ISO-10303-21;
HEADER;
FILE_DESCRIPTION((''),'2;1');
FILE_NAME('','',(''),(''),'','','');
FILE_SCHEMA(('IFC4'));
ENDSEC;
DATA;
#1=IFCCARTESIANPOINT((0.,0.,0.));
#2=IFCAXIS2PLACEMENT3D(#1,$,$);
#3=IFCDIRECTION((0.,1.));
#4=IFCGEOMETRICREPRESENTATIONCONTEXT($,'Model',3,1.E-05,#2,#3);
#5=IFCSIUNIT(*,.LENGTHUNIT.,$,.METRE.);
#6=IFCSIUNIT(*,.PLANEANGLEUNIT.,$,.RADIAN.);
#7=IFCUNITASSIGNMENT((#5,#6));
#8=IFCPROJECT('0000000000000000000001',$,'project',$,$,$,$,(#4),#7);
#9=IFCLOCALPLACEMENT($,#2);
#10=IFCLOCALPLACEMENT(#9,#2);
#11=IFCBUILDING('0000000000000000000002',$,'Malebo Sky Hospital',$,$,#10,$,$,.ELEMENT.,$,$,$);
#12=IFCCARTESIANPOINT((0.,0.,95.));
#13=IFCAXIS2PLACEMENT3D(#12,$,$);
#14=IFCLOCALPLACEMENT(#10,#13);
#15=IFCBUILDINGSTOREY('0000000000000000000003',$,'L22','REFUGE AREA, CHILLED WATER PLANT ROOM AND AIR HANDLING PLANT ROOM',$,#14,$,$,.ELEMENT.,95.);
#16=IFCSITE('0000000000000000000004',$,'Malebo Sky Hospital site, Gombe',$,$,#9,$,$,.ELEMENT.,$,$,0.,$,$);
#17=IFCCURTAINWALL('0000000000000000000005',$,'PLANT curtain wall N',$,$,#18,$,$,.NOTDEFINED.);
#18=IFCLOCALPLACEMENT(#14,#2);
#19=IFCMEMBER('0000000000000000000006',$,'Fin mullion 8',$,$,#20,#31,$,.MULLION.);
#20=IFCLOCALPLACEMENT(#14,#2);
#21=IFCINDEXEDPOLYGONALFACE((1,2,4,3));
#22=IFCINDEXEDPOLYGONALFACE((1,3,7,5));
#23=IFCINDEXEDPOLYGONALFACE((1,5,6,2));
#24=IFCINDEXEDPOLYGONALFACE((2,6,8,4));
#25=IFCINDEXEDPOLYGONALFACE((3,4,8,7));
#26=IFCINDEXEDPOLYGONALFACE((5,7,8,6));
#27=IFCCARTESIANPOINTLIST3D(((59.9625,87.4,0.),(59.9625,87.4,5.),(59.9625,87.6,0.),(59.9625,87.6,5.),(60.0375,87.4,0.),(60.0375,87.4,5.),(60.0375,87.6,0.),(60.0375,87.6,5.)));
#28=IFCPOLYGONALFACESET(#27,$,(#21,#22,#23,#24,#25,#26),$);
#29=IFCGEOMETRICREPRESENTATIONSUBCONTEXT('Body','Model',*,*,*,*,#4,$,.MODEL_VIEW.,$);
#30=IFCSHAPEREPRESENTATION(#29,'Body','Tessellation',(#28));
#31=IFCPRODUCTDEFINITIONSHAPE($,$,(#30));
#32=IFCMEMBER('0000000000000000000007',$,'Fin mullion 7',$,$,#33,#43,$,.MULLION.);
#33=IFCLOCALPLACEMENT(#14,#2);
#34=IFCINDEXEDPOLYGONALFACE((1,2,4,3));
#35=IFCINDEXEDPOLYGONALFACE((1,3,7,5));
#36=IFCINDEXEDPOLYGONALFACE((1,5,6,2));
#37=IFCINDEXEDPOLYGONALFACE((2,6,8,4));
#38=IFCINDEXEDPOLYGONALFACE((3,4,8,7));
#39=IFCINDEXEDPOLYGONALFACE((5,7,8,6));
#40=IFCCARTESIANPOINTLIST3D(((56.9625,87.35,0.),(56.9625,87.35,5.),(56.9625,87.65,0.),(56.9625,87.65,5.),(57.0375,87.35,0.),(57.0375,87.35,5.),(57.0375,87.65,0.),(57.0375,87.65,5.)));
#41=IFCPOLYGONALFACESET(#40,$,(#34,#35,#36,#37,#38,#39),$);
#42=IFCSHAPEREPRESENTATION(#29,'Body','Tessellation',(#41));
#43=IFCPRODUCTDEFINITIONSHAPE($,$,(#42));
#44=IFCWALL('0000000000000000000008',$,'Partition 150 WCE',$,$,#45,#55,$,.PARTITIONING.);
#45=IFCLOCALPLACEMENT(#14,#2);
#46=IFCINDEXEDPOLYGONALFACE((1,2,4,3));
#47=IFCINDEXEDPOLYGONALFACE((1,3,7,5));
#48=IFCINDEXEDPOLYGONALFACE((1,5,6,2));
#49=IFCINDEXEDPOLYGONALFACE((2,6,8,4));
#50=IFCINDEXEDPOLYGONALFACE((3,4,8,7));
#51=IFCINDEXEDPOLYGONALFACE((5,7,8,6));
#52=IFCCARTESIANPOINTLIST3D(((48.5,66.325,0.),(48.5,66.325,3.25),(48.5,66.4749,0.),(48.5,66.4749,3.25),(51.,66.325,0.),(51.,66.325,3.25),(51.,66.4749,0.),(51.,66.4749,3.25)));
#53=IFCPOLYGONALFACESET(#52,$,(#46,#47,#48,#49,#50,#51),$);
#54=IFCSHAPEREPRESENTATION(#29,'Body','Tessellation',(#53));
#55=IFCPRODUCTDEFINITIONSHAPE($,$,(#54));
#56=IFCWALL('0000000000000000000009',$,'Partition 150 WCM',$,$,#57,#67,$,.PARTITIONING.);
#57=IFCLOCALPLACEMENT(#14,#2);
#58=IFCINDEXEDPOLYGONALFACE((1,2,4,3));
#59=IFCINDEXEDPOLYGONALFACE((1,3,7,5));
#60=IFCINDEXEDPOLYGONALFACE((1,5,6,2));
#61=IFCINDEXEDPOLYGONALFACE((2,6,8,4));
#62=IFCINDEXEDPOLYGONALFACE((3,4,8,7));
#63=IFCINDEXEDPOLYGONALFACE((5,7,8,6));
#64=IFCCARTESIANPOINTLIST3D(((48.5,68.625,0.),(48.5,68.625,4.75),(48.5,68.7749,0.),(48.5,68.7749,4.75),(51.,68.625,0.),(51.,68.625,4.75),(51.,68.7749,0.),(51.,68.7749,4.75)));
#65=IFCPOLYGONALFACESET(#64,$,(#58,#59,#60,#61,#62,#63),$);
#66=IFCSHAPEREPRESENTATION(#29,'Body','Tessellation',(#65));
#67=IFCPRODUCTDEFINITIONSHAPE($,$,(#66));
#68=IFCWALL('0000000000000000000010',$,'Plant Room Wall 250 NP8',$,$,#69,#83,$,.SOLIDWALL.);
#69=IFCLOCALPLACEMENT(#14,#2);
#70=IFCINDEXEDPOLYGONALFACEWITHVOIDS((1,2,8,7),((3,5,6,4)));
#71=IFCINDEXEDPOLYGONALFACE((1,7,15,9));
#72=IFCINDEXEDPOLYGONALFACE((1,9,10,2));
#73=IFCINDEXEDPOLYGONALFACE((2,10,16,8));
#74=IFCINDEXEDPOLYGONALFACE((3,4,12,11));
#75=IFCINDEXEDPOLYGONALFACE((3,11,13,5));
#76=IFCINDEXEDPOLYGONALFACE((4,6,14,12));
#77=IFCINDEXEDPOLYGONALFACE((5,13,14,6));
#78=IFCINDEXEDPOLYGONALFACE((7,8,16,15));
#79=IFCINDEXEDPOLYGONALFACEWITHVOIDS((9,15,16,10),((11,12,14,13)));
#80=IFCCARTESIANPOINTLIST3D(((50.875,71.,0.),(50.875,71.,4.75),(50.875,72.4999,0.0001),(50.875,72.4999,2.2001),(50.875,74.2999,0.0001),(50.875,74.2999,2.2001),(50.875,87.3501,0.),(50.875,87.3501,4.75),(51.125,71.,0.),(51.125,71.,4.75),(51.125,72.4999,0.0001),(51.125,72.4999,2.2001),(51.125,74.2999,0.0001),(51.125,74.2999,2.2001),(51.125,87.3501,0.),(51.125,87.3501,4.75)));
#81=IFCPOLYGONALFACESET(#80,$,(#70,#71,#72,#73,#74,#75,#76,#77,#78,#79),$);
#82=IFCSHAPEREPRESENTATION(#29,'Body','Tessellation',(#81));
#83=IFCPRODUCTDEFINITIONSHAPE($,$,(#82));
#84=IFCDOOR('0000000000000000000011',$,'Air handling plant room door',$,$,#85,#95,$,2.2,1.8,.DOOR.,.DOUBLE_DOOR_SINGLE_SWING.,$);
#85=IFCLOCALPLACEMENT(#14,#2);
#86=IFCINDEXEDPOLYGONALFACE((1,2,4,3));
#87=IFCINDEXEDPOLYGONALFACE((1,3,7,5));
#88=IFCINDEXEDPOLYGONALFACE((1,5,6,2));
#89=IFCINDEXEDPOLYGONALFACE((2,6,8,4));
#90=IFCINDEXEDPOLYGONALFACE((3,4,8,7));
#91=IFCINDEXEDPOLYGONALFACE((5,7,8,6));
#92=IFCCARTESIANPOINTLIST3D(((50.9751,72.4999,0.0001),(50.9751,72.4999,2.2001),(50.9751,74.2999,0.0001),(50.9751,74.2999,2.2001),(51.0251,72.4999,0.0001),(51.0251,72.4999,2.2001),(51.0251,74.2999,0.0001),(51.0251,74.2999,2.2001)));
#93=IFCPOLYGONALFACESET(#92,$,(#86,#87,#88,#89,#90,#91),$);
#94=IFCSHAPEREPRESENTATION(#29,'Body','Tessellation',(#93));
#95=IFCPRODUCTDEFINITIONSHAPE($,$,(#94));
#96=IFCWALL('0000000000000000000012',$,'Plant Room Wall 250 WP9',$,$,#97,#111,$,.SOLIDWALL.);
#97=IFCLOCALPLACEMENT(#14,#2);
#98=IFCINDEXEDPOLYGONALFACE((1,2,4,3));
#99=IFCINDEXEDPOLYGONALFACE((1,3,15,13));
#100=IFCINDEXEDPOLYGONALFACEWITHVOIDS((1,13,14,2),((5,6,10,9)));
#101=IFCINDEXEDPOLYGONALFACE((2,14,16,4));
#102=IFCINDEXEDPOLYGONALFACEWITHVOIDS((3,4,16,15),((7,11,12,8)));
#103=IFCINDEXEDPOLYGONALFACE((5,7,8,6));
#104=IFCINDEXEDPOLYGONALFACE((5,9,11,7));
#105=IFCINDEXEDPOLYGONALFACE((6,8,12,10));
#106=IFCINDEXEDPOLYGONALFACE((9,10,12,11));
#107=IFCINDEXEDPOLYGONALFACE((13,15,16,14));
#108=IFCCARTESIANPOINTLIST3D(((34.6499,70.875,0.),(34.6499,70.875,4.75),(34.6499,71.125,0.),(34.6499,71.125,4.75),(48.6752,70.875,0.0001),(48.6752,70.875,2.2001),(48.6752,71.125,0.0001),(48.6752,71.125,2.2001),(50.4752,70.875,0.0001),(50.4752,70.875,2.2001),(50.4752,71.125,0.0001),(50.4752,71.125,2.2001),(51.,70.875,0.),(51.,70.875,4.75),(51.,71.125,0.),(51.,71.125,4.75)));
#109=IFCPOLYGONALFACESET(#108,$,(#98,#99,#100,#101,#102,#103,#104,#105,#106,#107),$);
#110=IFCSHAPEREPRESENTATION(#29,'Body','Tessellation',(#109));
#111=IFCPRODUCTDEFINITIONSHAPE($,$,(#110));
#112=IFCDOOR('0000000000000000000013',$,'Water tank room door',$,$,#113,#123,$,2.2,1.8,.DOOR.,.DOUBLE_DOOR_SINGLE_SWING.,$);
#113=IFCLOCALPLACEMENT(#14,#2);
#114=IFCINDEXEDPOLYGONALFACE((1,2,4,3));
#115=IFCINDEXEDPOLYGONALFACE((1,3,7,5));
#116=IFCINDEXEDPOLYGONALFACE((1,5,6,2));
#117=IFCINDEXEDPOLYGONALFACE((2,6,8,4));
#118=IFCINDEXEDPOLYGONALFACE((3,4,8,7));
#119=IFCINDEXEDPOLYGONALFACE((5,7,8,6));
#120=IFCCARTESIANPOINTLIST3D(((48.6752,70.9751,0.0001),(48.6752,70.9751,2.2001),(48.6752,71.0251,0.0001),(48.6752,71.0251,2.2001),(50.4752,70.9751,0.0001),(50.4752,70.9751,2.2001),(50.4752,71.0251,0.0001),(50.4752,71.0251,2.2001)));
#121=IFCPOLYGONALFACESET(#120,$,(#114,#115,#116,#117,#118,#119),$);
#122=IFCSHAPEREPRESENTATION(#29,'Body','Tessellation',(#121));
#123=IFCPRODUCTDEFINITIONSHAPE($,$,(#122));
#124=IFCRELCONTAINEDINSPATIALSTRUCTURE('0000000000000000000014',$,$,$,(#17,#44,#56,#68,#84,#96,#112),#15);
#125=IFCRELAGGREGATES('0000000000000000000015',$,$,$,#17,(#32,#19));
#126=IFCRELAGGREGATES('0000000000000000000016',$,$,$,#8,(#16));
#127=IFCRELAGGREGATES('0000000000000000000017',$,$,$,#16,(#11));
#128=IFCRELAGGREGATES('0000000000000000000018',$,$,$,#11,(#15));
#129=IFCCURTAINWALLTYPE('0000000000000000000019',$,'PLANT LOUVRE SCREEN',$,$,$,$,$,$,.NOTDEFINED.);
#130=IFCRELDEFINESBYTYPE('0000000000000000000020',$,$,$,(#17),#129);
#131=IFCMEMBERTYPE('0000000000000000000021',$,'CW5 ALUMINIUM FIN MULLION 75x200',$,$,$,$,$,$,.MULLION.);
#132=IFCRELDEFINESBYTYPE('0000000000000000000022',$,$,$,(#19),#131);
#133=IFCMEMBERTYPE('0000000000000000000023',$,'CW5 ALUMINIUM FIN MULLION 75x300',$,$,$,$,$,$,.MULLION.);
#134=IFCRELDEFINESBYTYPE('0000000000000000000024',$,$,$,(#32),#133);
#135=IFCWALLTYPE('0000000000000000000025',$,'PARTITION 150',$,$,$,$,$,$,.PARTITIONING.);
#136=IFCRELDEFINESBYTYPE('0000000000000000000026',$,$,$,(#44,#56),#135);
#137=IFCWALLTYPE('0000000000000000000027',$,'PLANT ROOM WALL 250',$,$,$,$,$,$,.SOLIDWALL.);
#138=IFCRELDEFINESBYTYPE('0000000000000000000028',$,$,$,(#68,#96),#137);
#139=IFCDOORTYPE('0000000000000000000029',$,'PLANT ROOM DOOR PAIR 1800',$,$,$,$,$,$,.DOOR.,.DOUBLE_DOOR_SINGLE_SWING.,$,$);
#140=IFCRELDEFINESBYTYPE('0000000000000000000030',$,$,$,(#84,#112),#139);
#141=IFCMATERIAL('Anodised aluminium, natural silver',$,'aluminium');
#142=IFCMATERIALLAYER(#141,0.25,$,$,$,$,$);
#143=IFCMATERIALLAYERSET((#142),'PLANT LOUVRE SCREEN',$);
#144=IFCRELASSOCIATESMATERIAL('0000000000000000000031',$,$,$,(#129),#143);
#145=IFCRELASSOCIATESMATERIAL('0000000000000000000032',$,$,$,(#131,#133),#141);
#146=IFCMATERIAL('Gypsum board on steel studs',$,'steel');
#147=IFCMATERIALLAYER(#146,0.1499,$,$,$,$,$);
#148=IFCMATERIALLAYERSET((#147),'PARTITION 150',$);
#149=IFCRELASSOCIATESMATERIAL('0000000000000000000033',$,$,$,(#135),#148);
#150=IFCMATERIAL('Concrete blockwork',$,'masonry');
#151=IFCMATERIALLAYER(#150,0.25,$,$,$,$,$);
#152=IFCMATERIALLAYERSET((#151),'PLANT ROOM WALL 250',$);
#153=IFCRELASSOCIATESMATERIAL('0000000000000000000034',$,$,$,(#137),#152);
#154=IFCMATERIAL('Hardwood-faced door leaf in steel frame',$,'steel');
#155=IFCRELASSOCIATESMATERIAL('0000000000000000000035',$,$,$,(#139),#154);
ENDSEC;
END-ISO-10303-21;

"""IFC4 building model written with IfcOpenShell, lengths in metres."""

from ifc_helpers import new_model, si_unit, direction, frame, frame_2d, origin, origin_2d, place, context, subcontext, project, spatial, rectangle, extrude, material, layer, layer_set, material_profile, profile_set, type_object, element, fill, aggregate, save


model = new_model("IFC4")

# Units and contexts
model_context = context("Model", 3, precision=1e-05, world=origin(), true_north=direction((0.0, 1.0)))
body_context = subcontext(model_context, "Body", "Model", "MODEL_VIEW")
ifc_project = project(units=[si_unit("LENGTHUNIT", "METRE"), si_unit("PLANEANGLEUNIT", "RADIAN")], contexts=[model_context])

# Site, building, storey
site_placement = place(None, origin())
site = spatial("IfcSite", under=ifc_project, at=site_placement, Name="Malebo Sky Hospital site, Gombe", CompositionType="ELEMENT", RefElevation=0.0)
building_placement = place(site_placement, origin())
building = spatial("IfcBuilding", under=site, at=building_placement, Name="Malebo Sky Hospital", CompositionType="ELEMENT")
storey_placement = place(building_placement, frame((0.0, 0.0, 95.0)))
storey = spatial("IfcBuildingStorey", under=building, at=storey_placement, Name="L22", Description="REFUGE AREA, CHILLED WATER PLANT ROOM AND AIR HANDLING PLANT ROOM", CompositionType="ELEMENT", Elevation=95.0)

# Curtain wall, members
ifc_material_1 = material(Name="Anodised aluminium, natural silver", Category="aluminium")
ifc_layer_1 = layer(ifc_material_1, 0.25)
ifc_layer_set_1 = layer_set([ifc_layer_1], Name="PLANT LOUVRE SCREEN")
curtain_wall_type = type_object("IfcCurtainWallType", Name="PLANT LOUVRE SCREEN", PredefinedType="NOTDEFINED", material=ifc_layer_set_1)
curtain_wall_placement = place(storey_placement, origin())
curtain_wall = element("IfcCurtainWall", 1, at=curtain_wall_placement, inside=storey, type_object=curtain_wall_type, Name="PLANT curtain wall N", PredefinedType="NOTDEFINED")
ifc_material_profile_1 = material_profile(ifc_material_1, rectangle(XDim=0.075, YDim=0.2, at=origin_2d()), Name="CW5 ALUMINIUM FIN MULLION 75x200")
ifc_profile_set_1 = profile_set([ifc_material_profile_1], Name="Anodised aluminium, natural silver")
member_type_1 = type_object("IfcMemberType", Name="CW5 ALUMINIUM FIN MULLION 75x200", PredefinedType="MULLION", material=ifc_profile_set_1)
member_1_placement = place(storey_placement, frame((60.0, 87.5, 0.0), z_axis=(0.0, 0.0, 1.0), x_axis=(1.0, 0.0, 0.0)))
member_1 = element("IfcMember", 2, at=member_1_placement, type_object=member_type_1, Name="Fin mullion 8", PredefinedType="MULLION", context=body_context, shape_type="SweptSolid", body=[
    extrude(rectangle(XDim=0.075, YDim=0.2, at=origin_2d()), origin(), (0.0, 0.0, 1.0), 5.0),
])
ifc_material_profile_2 = material_profile(ifc_material_1, rectangle(XDim=0.075, YDim=0.3, at=origin_2d()), Name="CW5 ALUMINIUM FIN MULLION 75x300")
ifc_profile_set_2 = profile_set([ifc_material_profile_2], Name="Anodised aluminium, natural silver")
member_type_2 = type_object("IfcMemberType", Name="CW5 ALUMINIUM FIN MULLION 75x300", PredefinedType="MULLION", material=ifc_profile_set_2)
member_2_placement = place(storey_placement, frame((57.0, 87.5, 0.0), z_axis=(0.0, 0.0, 1.0), x_axis=(1.0, 0.0, 0.0)))
member_2 = element("IfcMember", 3, at=member_2_placement, type_object=member_type_2, Name="Fin mullion 7", PredefinedType="MULLION", context=body_context, shape_type="SweptSolid", body=[
    extrude(rectangle(XDim=0.075, YDim=0.3, at=origin_2d()), origin(), (0.0, 0.0, 1.0), 5.0),
])
aggregate(curtain_wall, [member_2, member_1])

# Walls
ifc_material_2 = material(Name="Gypsum board on steel studs", Category="steel")
ifc_layer_2 = layer(ifc_material_2, 0.1499)
ifc_layer_set_2 = layer_set([ifc_layer_2], Name="PARTITION 150")
wall_type_1 = type_object("IfcWallType", Name="PARTITION 150", PredefinedType="PARTITIONING", material=ifc_layer_set_2)
wall_1_placement = place(storey_placement, frame((51.0, 66.3999, 0.0), z_axis=(0.0, 0.0, 1.0), x_axis=(-1.0, 0.0, 0.0)))
element("IfcWall", 4, at=wall_1_placement, inside=storey, type_object=wall_type_1, Name="Partition 150 WCE", PredefinedType="PARTITIONING", context=body_context, shape_type="SweptSolid", body=[
    extrude(rectangle(XDim=2.5, YDim=0.1499, at=frame_2d((1.25, 0.0))), origin(), (0.0, 0.0, 1.0), 3.25),
])
wall_2_placement = place(storey_placement, frame((51.0, 68.7, 0.0), z_axis=(0.0, 0.0, 1.0), x_axis=(-1.0, 0.0, 0.0)))
element("IfcWall", 5, at=wall_2_placement, inside=storey, type_object=wall_type_1, Name="Partition 150 WCM", PredefinedType="PARTITIONING", context=body_context, shape_type="SweptSolid", body=[
    extrude(rectangle(XDim=2.5, YDim=0.1499, at=frame_2d((1.25, 0.0))), origin(), (0.0, 0.0, 1.0), 4.75),
])

# Walls, openings, doors
ifc_material_3 = material(Name="Concrete blockwork", Category="masonry")
ifc_layer_3 = layer(ifc_material_3, 0.25)
ifc_layer_set_3 = layer_set([ifc_layer_3], Name="PLANT ROOM WALL 250")
wall_type_2 = type_object("IfcWallType", Name="PLANT ROOM WALL 250", PredefinedType="SOLIDWALL", material=ifc_layer_set_3)
wall_3_placement = place(storey_placement, frame((51.0, 71.0, 0.0), z_axis=(0.0, 0.0, 1.0), x_axis=(0.0, 1.0, 0.0)))
wall_3 = element("IfcWall", 6, at=wall_3_placement, inside=storey, type_object=wall_type_2, Name="Plant Room Wall 250 NP8", PredefinedType="SOLIDWALL", context=body_context, shape_type="SweptSolid", body=[
    extrude(rectangle(XDim=16.3501, YDim=0.25, at=frame_2d((8.175, 0.0))), origin(), (0.0, 0.0, 1.0), 4.75),
])
opening_1_placement = place(wall_3_placement, frame((1.5, 0.0, 0.0)))
opening_1 = element("IfcOpeningElement", 7, at=opening_1_placement, cuts=wall_3, PredefinedType="OPENING", context=body_context, shape_type="SweptSolid", body=[
    extrude(rectangle(XDim=1.8, YDim=2.2, at=frame_2d((0.8999, 1.1001))), frame((0.0, 0.135, 0.0), z_axis=(0.0, -1.0, 0.0), x_axis=(1.0, 0.0, 0.0)), (0.0, 0.0, 1.0), 0.27),
])
ifc_material_4 = material(Name="Hardwood-faced door leaf in steel frame", Category="steel")
door_type = type_object("IfcDoorType", Name="PLANT ROOM DOOR PAIR 1800", OperationType="DOUBLE_DOOR_SINGLE_SWING", PredefinedType="DOOR", material=ifc_material_4)
door_1_placement = place(opening_1_placement, origin())
door_1 = element("IfcDoor", 8, at=door_1_placement, inside=storey, type_object=door_type, Name="Air handling plant room door", OperationType="DOUBLE_DOOR_SINGLE_SWING", OverallHeight=2.2, OverallWidth=1.8, PredefinedType="DOOR", context=body_context, shape_type="SweptSolid", body=[
    extrude(rectangle(XDim=1.8, YDim=2.2, at=frame_2d((0.8999, 1.1001))), frame((0.0, 0.0249, 0.0), z_axis=(0.0, -1.0, 0.0), x_axis=(1.0, 0.0, 0.0)), (0.0, 0.0, 1.0), 0.05),
])
fill(opening_1, door_1)
wall_4_placement = place(storey_placement, frame((51.0, 71.0, 0.0), z_axis=(0.0, 0.0, 1.0), x_axis=(-1.0, 0.0, 0.0)))
wall_4 = element("IfcWall", 9, at=wall_4_placement, inside=storey, type_object=wall_type_2, Name="Plant Room Wall 250 WP9", PredefinedType="SOLIDWALL", context=body_context, shape_type="SweptSolid", body=[
    extrude(rectangle(XDim=16.3501, YDim=0.25, at=frame_2d((8.175, 0.0))), origin(), (0.0, 0.0, 1.0), 4.75),
])
opening_2_placement = place(wall_4_placement, frame((0.5249, 0.0, 0.0)))
opening_2 = element("IfcOpeningElement", 10, at=opening_2_placement, cuts=wall_4, PredefinedType="OPENING", context=body_context, shape_type="SweptSolid", body=[
    extrude(rectangle(XDim=1.8, YDim=2.2, at=frame_2d((0.8999, 1.1001))), frame((0.0, 0.135, 0.0), z_axis=(0.0, -1.0, 0.0), x_axis=(1.0, 0.0, 0.0)), (0.0, 0.0, 1.0), 0.27),
])
door_2_placement = place(opening_2_placement, origin())
door_2 = element("IfcDoor", 11, at=door_2_placement, inside=storey, type_object=door_type, Name="Water tank room door", OperationType="DOUBLE_DOOR_SINGLE_SWING", OverallHeight=2.2, OverallWidth=1.8, PredefinedType="DOOR", context=body_context, shape_type="SweptSolid", body=[
    extrude(rectangle(XDim=1.8, YDim=2.2, at=frame_2d((0.8999, 1.1001))), frame((0.0, 0.0249, 0.0), z_axis=(0.0, -1.0, 0.0), x_axis=(1.0, 0.0, 0.0)), (0.0, 0.0, 1.0), 0.05),
])
fill(opening_2, door_2)

save(model, "model.ifc")
